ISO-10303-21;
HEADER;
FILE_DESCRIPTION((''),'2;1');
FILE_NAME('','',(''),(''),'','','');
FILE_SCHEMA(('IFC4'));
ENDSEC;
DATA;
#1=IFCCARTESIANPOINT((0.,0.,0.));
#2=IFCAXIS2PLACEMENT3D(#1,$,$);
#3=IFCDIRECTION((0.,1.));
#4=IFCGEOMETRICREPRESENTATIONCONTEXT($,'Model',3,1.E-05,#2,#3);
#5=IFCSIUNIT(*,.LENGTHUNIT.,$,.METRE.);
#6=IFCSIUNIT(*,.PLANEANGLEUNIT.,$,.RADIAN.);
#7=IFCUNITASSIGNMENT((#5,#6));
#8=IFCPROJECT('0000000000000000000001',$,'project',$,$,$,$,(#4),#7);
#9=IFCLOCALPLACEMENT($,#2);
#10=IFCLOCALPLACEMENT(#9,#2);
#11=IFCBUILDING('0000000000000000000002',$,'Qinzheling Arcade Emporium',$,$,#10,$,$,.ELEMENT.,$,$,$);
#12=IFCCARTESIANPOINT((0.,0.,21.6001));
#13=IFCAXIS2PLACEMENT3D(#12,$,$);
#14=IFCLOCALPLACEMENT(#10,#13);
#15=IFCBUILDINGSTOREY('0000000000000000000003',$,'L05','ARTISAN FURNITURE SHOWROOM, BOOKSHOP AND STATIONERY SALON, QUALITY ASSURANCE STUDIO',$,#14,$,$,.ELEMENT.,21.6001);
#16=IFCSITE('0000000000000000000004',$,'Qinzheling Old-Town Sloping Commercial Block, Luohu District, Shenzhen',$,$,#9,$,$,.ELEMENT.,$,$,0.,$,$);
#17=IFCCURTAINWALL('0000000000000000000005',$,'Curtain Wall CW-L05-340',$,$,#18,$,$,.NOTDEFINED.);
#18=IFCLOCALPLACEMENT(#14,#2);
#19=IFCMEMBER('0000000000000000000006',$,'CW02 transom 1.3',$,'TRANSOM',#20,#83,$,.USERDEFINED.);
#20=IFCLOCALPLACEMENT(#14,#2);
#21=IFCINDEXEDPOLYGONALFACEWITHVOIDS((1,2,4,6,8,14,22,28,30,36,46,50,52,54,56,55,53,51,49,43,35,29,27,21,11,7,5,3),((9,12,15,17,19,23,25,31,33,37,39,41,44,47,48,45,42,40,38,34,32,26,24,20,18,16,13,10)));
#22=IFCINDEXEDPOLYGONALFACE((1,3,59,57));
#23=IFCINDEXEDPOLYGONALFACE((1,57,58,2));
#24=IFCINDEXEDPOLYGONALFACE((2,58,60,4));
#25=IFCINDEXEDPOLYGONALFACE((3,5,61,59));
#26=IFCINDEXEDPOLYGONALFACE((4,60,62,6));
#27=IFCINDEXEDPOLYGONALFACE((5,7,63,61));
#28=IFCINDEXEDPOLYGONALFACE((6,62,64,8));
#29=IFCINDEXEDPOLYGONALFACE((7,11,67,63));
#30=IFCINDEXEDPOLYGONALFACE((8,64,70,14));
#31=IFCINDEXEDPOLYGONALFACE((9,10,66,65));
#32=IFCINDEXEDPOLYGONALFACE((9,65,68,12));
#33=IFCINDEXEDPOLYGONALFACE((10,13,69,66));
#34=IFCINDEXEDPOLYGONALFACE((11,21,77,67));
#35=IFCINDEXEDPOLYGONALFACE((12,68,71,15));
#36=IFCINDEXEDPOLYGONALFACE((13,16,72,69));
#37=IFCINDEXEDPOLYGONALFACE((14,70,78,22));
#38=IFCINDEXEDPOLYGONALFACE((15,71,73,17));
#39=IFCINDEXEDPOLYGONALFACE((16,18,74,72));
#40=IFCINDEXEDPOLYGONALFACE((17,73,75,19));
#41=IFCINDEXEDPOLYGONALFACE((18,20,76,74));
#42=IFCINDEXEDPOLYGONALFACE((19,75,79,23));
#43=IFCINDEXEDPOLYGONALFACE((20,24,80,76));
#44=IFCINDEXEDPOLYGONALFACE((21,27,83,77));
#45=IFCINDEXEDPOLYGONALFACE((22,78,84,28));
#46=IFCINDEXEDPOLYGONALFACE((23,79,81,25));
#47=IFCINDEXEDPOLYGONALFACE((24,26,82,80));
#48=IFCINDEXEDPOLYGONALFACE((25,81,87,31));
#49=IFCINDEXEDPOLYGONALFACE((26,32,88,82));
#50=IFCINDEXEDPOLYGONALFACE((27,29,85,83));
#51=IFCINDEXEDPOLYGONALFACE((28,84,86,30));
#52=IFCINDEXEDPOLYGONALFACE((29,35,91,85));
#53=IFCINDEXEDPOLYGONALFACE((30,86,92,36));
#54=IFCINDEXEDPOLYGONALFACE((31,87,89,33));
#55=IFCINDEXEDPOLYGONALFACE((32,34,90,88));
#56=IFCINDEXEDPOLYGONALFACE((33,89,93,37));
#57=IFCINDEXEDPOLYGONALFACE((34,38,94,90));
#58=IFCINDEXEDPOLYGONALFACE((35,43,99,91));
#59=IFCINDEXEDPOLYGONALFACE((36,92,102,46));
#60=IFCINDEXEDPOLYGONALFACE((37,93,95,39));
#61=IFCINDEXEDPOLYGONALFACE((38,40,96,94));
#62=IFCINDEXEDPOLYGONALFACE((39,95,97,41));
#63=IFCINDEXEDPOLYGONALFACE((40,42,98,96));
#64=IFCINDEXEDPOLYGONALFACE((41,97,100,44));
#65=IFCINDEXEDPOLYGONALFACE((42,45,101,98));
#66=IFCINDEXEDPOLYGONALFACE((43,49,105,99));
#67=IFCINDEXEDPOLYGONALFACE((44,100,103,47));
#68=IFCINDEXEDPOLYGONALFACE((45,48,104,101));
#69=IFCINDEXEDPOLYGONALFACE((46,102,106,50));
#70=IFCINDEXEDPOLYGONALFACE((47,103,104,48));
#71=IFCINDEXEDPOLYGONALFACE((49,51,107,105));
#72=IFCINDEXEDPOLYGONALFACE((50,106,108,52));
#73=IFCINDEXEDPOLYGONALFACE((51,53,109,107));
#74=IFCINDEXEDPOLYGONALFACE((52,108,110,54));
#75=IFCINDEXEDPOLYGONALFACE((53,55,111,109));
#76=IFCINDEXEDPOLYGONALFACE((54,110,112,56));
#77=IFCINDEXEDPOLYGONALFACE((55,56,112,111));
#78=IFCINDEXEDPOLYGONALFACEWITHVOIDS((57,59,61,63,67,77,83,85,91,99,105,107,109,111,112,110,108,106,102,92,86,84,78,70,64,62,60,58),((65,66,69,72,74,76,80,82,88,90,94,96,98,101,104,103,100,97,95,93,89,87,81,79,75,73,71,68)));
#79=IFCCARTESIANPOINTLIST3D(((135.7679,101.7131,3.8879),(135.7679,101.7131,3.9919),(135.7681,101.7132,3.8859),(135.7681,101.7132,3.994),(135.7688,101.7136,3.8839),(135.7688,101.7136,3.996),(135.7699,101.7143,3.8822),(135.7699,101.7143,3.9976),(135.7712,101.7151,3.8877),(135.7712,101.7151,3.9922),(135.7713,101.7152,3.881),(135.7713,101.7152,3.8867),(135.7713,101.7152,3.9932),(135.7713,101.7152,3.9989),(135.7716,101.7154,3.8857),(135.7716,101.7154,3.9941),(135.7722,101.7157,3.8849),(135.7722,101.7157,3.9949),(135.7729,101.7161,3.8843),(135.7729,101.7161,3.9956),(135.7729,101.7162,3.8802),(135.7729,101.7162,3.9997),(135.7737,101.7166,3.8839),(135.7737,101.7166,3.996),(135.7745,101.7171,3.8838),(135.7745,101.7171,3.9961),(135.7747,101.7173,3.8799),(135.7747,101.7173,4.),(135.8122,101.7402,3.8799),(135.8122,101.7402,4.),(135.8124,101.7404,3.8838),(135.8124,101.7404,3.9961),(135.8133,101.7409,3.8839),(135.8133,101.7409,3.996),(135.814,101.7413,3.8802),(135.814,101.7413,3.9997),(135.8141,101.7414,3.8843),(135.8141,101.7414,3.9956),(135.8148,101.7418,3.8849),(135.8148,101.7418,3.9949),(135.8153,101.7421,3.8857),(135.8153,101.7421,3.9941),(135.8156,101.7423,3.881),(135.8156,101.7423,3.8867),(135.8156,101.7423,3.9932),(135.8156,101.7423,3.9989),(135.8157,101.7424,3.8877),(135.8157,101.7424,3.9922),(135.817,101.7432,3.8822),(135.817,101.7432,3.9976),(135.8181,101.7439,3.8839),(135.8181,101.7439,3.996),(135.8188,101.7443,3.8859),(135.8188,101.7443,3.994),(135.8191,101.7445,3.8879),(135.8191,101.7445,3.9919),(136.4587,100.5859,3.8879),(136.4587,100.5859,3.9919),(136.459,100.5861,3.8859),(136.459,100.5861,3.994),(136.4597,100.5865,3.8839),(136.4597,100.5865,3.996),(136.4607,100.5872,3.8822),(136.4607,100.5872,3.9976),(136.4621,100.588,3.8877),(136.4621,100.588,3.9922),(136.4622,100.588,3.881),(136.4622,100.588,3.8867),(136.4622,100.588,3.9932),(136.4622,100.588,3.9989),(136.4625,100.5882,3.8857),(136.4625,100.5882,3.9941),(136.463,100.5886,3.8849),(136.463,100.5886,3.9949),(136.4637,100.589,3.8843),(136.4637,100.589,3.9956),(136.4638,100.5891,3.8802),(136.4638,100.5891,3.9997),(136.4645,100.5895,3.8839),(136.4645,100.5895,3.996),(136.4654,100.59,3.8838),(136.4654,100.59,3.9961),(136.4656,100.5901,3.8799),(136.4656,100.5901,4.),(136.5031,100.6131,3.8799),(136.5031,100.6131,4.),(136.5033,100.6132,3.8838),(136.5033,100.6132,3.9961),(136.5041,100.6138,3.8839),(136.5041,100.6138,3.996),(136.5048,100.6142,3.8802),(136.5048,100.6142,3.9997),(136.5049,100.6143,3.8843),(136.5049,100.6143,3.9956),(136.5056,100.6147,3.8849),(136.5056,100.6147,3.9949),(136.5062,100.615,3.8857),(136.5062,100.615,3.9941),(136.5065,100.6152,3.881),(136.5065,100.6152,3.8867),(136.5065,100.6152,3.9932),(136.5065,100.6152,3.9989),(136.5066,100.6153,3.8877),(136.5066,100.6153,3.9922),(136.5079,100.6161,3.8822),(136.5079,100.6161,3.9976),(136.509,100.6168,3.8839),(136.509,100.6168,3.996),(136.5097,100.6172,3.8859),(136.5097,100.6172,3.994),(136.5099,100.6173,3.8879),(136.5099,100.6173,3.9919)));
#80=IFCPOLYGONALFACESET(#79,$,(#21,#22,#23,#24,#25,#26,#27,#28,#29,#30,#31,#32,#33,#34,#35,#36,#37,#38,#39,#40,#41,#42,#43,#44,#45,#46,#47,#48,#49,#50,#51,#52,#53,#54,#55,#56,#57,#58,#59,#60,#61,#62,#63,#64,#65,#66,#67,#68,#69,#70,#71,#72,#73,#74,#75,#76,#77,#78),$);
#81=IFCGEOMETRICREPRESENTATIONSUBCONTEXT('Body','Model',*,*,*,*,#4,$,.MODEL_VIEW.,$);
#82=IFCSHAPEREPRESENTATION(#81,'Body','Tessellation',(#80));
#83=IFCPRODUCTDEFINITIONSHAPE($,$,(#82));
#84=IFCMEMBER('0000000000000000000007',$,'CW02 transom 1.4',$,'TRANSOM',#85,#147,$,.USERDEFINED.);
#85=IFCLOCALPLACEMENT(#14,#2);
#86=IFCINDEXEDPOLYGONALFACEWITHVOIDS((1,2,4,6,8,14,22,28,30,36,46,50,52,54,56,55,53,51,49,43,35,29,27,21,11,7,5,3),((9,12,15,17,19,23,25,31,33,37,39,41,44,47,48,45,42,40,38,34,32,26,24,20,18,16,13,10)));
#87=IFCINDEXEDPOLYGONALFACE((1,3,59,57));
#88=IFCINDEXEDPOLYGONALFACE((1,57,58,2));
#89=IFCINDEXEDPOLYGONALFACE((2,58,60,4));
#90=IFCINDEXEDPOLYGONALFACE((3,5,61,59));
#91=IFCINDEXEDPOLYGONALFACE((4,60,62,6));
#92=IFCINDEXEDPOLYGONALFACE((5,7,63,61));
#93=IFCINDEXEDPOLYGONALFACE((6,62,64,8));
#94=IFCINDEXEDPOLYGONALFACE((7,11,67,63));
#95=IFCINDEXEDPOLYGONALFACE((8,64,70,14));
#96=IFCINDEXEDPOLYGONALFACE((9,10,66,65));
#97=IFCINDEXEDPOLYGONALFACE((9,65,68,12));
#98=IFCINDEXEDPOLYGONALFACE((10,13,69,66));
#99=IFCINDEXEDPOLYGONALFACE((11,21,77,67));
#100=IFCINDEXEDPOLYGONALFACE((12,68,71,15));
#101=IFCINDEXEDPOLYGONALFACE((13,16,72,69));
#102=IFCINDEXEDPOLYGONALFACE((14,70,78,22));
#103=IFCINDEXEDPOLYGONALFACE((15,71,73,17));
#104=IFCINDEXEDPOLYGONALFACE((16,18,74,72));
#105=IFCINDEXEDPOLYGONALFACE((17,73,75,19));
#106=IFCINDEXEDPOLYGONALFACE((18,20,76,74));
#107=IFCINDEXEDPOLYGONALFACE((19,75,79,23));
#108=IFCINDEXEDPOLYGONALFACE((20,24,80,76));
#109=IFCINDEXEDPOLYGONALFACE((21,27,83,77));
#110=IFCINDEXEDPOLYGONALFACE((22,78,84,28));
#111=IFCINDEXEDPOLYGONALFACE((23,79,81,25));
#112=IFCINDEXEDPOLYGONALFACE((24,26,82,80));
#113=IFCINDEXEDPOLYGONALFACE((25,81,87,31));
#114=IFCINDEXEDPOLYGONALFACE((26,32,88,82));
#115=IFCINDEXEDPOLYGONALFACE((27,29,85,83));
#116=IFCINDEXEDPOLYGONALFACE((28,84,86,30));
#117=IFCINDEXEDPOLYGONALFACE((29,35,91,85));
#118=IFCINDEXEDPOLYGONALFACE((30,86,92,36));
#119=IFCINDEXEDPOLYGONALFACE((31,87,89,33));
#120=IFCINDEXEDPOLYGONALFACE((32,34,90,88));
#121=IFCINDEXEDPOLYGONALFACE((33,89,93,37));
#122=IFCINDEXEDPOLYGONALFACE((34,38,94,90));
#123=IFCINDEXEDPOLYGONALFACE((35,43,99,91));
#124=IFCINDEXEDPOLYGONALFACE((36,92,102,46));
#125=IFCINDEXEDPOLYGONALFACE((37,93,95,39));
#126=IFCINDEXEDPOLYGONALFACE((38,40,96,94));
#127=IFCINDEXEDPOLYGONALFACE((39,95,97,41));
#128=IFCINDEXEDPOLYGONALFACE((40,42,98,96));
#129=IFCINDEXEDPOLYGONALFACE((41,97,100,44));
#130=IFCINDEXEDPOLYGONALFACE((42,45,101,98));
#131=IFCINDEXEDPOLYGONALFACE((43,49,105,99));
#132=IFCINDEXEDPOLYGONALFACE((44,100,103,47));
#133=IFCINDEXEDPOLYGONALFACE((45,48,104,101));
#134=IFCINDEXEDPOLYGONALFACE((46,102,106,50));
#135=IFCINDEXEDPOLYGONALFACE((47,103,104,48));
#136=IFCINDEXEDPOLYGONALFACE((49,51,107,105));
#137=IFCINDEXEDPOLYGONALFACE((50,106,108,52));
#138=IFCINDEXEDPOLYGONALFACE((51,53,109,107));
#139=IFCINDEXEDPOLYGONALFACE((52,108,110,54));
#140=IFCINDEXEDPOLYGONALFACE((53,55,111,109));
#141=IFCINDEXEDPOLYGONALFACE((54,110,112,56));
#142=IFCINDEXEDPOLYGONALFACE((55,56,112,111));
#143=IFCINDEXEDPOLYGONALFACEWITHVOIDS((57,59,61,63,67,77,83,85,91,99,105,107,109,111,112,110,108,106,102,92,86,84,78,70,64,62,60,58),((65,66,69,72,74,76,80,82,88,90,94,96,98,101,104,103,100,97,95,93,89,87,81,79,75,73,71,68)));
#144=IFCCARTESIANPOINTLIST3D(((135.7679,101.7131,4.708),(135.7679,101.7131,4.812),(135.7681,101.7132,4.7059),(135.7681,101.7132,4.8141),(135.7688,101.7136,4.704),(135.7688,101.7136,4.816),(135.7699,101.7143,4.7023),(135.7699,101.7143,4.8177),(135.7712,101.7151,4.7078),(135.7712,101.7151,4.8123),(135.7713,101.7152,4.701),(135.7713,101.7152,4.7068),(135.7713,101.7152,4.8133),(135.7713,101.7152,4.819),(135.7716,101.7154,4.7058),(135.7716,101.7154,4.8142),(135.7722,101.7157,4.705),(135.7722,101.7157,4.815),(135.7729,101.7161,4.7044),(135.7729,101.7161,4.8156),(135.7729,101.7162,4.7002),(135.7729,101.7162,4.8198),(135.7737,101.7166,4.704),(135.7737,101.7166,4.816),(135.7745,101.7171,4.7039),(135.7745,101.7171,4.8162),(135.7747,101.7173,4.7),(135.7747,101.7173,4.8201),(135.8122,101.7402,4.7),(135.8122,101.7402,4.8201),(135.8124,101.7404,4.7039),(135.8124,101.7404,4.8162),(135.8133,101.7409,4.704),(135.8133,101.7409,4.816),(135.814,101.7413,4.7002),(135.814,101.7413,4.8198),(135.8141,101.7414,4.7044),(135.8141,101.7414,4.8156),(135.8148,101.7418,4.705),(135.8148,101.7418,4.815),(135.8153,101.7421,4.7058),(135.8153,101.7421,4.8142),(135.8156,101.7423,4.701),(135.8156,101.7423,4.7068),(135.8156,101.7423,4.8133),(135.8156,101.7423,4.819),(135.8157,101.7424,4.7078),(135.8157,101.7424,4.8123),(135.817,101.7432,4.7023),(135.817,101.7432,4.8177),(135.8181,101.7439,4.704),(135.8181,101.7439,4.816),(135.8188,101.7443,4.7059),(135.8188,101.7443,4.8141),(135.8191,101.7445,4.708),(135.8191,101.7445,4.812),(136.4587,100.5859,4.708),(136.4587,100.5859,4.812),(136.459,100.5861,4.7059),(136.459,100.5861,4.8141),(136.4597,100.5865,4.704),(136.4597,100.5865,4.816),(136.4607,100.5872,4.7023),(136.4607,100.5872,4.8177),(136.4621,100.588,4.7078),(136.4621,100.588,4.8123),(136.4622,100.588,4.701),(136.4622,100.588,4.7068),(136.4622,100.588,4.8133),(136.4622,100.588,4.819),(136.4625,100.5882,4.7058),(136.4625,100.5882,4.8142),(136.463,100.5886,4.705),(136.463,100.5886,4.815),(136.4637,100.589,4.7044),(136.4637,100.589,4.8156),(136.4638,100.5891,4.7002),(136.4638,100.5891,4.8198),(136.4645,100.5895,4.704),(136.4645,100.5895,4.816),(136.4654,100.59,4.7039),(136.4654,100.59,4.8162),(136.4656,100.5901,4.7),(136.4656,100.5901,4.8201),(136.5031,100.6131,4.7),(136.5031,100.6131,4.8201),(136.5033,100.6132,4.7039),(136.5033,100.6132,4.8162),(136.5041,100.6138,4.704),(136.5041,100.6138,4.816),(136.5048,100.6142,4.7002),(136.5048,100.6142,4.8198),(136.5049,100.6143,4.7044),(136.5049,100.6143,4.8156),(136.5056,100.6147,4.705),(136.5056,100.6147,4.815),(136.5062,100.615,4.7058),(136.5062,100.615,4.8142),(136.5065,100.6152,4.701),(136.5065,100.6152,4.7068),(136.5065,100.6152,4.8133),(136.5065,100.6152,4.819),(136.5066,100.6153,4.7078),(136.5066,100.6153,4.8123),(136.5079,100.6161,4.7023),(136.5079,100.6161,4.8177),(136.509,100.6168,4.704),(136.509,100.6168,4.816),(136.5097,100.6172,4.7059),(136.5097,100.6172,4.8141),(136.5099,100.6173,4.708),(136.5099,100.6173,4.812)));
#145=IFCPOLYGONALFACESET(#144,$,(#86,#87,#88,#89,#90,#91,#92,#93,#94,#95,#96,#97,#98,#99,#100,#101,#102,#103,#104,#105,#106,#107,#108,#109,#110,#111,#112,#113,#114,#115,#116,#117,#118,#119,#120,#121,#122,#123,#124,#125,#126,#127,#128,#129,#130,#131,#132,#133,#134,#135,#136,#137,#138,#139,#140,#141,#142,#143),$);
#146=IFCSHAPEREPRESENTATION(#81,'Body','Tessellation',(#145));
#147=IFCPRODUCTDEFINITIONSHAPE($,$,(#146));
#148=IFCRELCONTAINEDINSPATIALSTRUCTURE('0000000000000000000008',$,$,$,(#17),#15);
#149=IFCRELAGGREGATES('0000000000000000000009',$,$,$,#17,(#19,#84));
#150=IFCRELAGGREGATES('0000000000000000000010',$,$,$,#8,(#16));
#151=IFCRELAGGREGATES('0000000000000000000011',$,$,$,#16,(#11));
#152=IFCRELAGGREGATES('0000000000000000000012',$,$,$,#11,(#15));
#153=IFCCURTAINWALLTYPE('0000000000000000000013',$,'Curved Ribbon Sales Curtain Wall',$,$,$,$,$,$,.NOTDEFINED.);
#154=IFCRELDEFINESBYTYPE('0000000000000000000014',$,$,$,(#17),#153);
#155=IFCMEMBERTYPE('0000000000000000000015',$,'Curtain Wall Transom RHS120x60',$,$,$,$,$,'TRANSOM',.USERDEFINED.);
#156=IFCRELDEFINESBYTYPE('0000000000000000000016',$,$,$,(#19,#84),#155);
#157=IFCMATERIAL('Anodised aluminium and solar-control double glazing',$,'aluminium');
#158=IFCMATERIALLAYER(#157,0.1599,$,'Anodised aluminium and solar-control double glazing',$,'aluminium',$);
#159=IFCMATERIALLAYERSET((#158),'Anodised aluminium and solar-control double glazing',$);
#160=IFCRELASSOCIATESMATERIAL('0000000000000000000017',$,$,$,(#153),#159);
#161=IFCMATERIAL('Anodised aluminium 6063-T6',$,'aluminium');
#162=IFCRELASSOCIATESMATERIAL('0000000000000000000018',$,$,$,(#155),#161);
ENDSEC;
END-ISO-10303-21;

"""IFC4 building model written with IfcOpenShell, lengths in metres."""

from ifc_helpers import new_model, si_unit, direction, frame, origin, origin_2d, place, context, subcontext, project, spatial, hollow_rectangle, extrude, material, layer, layer_set, material_profile, profile_set, type_object, element, aggregate, save


model = new_model("IFC4")

# Units and contexts
model_context = context("Model", 3, precision=1e-05, world=origin(), true_north=direction((0.0, 1.0)))
body_context = subcontext(model_context, "Body", "Model", "MODEL_VIEW")
ifc_project = project(units=[si_unit("LENGTHUNIT", "METRE"), si_unit("PLANEANGLEUNIT", "RADIAN")], contexts=[model_context])

# Site, building, storey
site_placement = place(None, origin())
site = spatial("IfcSite", under=ifc_project, at=site_placement, Name="Qinzheling Old-Town Sloping Commercial Block, Luohu District, Shenzhen", CompositionType="ELEMENT", RefElevation=0.0)
building_placement = place(site_placement, origin())
building = spatial("IfcBuilding", under=site, at=building_placement, Name="Qinzheling Arcade Emporium", CompositionType="ELEMENT")
storey_placement = place(building_placement, frame((0.0, 0.0, 21.6001)))
storey = spatial("IfcBuildingStorey", under=building, at=storey_placement, Name="L05", Description="ARTISAN FURNITURE SHOWROOM, BOOKSHOP AND STATIONERY SALON, QUALITY ASSURANCE STUDIO", CompositionType="ELEMENT", Elevation=21.6001)

# Shared definitions
ifc_material_1 = material(Name="Anodised aluminium and solar-control double glazing", Category="aluminium")
ifc_layer_1 = layer(ifc_material_1, 0.1599, Name="Anodised aluminium and solar-control double glazing", Category="aluminium")
ifc_layer_set_1 = layer_set([ifc_layer_1], Name="Anodised aluminium and solar-control double glazing")
curtain_wall_type = type_object("IfcCurtainWallType", Name="Curved Ribbon Sales Curtain Wall", PredefinedType="NOTDEFINED", material=ifc_layer_set_1)
ifc_material_2 = material(Name="Anodised aluminium 6063-T6", Category="aluminium")

# Curtain wall
curtain_wall_1_placement = place(storey_placement, origin())
curtain_wall_1 = element("IfcCurtainWall", 1, at=curtain_wall_1_placement, inside=storey, type_object=curtain_wall_type, Name="Curtain Wall CW-L05-340", PredefinedType="NOTDEFINED")

# Members
ifc_material_profile_1 = material_profile(ifc_material_2, hollow_rectangle(XDim=0.0601, YDim=0.1201, WallThickness=0.0039, InnerFilletRadius=0.0039, OuterFilletRadius=0.0081, at=origin_2d()), Name="RHS 120x60x4", Category="aluminium")
ifc_profile_set_1 = profile_set([ifc_material_profile_1], Name="Anodised aluminium 6063-T6")
member_type_1 = type_object("IfcMemberType", Name="Curtain Wall Transom RHS120x60", ElementType="TRANSOM", PredefinedType="USERDEFINED", material=ifc_profile_set_1)
member_1_placement = place(storey_placement, frame((135.7935, 101.7288, 3.9399), z_axis=(0.522592, -0.852583, 0.0), x_axis=(0.852583, 0.522592, 0.0)))
member_1 = element("IfcMember", 2, at=member_1_placement, type_object=member_type_1, Name="CW02 transom 1.3", ObjectType="TRANSOM", PredefinedType="USERDEFINED", context=body_context, shape_type="SweptSolid", body=[
    extrude(hollow_rectangle(XDim=0.0601, YDim=0.1201, WallThickness=0.0039, InnerFilletRadius=0.0039, OuterFilletRadius=0.0081, at=origin_2d()), origin(), (0.0, 0.0, 1.0), 1.322),
])
member_2_placement = place(storey_placement, frame((135.7935, 101.7288, 4.76), z_axis=(0.522592, -0.852583, 0.0), x_axis=(0.852583, 0.522592, 0.0)))
member_2 = element("IfcMember", 3, at=member_2_placement, type_object=member_type_1, Name="CW02 transom 1.4", ObjectType="TRANSOM", PredefinedType="USERDEFINED", context=body_context, shape_type="SweptSolid", body=[
    extrude(hollow_rectangle(XDim=0.0601, YDim=0.1201, WallThickness=0.0039, InnerFilletRadius=0.0039, OuterFilletRadius=0.0081, at=origin_2d()), origin(), (0.0, 0.0, 1.0), 1.322),
])

aggregate(curtain_wall_1, [member_1, member_2])

save(model, "model.ifc")
